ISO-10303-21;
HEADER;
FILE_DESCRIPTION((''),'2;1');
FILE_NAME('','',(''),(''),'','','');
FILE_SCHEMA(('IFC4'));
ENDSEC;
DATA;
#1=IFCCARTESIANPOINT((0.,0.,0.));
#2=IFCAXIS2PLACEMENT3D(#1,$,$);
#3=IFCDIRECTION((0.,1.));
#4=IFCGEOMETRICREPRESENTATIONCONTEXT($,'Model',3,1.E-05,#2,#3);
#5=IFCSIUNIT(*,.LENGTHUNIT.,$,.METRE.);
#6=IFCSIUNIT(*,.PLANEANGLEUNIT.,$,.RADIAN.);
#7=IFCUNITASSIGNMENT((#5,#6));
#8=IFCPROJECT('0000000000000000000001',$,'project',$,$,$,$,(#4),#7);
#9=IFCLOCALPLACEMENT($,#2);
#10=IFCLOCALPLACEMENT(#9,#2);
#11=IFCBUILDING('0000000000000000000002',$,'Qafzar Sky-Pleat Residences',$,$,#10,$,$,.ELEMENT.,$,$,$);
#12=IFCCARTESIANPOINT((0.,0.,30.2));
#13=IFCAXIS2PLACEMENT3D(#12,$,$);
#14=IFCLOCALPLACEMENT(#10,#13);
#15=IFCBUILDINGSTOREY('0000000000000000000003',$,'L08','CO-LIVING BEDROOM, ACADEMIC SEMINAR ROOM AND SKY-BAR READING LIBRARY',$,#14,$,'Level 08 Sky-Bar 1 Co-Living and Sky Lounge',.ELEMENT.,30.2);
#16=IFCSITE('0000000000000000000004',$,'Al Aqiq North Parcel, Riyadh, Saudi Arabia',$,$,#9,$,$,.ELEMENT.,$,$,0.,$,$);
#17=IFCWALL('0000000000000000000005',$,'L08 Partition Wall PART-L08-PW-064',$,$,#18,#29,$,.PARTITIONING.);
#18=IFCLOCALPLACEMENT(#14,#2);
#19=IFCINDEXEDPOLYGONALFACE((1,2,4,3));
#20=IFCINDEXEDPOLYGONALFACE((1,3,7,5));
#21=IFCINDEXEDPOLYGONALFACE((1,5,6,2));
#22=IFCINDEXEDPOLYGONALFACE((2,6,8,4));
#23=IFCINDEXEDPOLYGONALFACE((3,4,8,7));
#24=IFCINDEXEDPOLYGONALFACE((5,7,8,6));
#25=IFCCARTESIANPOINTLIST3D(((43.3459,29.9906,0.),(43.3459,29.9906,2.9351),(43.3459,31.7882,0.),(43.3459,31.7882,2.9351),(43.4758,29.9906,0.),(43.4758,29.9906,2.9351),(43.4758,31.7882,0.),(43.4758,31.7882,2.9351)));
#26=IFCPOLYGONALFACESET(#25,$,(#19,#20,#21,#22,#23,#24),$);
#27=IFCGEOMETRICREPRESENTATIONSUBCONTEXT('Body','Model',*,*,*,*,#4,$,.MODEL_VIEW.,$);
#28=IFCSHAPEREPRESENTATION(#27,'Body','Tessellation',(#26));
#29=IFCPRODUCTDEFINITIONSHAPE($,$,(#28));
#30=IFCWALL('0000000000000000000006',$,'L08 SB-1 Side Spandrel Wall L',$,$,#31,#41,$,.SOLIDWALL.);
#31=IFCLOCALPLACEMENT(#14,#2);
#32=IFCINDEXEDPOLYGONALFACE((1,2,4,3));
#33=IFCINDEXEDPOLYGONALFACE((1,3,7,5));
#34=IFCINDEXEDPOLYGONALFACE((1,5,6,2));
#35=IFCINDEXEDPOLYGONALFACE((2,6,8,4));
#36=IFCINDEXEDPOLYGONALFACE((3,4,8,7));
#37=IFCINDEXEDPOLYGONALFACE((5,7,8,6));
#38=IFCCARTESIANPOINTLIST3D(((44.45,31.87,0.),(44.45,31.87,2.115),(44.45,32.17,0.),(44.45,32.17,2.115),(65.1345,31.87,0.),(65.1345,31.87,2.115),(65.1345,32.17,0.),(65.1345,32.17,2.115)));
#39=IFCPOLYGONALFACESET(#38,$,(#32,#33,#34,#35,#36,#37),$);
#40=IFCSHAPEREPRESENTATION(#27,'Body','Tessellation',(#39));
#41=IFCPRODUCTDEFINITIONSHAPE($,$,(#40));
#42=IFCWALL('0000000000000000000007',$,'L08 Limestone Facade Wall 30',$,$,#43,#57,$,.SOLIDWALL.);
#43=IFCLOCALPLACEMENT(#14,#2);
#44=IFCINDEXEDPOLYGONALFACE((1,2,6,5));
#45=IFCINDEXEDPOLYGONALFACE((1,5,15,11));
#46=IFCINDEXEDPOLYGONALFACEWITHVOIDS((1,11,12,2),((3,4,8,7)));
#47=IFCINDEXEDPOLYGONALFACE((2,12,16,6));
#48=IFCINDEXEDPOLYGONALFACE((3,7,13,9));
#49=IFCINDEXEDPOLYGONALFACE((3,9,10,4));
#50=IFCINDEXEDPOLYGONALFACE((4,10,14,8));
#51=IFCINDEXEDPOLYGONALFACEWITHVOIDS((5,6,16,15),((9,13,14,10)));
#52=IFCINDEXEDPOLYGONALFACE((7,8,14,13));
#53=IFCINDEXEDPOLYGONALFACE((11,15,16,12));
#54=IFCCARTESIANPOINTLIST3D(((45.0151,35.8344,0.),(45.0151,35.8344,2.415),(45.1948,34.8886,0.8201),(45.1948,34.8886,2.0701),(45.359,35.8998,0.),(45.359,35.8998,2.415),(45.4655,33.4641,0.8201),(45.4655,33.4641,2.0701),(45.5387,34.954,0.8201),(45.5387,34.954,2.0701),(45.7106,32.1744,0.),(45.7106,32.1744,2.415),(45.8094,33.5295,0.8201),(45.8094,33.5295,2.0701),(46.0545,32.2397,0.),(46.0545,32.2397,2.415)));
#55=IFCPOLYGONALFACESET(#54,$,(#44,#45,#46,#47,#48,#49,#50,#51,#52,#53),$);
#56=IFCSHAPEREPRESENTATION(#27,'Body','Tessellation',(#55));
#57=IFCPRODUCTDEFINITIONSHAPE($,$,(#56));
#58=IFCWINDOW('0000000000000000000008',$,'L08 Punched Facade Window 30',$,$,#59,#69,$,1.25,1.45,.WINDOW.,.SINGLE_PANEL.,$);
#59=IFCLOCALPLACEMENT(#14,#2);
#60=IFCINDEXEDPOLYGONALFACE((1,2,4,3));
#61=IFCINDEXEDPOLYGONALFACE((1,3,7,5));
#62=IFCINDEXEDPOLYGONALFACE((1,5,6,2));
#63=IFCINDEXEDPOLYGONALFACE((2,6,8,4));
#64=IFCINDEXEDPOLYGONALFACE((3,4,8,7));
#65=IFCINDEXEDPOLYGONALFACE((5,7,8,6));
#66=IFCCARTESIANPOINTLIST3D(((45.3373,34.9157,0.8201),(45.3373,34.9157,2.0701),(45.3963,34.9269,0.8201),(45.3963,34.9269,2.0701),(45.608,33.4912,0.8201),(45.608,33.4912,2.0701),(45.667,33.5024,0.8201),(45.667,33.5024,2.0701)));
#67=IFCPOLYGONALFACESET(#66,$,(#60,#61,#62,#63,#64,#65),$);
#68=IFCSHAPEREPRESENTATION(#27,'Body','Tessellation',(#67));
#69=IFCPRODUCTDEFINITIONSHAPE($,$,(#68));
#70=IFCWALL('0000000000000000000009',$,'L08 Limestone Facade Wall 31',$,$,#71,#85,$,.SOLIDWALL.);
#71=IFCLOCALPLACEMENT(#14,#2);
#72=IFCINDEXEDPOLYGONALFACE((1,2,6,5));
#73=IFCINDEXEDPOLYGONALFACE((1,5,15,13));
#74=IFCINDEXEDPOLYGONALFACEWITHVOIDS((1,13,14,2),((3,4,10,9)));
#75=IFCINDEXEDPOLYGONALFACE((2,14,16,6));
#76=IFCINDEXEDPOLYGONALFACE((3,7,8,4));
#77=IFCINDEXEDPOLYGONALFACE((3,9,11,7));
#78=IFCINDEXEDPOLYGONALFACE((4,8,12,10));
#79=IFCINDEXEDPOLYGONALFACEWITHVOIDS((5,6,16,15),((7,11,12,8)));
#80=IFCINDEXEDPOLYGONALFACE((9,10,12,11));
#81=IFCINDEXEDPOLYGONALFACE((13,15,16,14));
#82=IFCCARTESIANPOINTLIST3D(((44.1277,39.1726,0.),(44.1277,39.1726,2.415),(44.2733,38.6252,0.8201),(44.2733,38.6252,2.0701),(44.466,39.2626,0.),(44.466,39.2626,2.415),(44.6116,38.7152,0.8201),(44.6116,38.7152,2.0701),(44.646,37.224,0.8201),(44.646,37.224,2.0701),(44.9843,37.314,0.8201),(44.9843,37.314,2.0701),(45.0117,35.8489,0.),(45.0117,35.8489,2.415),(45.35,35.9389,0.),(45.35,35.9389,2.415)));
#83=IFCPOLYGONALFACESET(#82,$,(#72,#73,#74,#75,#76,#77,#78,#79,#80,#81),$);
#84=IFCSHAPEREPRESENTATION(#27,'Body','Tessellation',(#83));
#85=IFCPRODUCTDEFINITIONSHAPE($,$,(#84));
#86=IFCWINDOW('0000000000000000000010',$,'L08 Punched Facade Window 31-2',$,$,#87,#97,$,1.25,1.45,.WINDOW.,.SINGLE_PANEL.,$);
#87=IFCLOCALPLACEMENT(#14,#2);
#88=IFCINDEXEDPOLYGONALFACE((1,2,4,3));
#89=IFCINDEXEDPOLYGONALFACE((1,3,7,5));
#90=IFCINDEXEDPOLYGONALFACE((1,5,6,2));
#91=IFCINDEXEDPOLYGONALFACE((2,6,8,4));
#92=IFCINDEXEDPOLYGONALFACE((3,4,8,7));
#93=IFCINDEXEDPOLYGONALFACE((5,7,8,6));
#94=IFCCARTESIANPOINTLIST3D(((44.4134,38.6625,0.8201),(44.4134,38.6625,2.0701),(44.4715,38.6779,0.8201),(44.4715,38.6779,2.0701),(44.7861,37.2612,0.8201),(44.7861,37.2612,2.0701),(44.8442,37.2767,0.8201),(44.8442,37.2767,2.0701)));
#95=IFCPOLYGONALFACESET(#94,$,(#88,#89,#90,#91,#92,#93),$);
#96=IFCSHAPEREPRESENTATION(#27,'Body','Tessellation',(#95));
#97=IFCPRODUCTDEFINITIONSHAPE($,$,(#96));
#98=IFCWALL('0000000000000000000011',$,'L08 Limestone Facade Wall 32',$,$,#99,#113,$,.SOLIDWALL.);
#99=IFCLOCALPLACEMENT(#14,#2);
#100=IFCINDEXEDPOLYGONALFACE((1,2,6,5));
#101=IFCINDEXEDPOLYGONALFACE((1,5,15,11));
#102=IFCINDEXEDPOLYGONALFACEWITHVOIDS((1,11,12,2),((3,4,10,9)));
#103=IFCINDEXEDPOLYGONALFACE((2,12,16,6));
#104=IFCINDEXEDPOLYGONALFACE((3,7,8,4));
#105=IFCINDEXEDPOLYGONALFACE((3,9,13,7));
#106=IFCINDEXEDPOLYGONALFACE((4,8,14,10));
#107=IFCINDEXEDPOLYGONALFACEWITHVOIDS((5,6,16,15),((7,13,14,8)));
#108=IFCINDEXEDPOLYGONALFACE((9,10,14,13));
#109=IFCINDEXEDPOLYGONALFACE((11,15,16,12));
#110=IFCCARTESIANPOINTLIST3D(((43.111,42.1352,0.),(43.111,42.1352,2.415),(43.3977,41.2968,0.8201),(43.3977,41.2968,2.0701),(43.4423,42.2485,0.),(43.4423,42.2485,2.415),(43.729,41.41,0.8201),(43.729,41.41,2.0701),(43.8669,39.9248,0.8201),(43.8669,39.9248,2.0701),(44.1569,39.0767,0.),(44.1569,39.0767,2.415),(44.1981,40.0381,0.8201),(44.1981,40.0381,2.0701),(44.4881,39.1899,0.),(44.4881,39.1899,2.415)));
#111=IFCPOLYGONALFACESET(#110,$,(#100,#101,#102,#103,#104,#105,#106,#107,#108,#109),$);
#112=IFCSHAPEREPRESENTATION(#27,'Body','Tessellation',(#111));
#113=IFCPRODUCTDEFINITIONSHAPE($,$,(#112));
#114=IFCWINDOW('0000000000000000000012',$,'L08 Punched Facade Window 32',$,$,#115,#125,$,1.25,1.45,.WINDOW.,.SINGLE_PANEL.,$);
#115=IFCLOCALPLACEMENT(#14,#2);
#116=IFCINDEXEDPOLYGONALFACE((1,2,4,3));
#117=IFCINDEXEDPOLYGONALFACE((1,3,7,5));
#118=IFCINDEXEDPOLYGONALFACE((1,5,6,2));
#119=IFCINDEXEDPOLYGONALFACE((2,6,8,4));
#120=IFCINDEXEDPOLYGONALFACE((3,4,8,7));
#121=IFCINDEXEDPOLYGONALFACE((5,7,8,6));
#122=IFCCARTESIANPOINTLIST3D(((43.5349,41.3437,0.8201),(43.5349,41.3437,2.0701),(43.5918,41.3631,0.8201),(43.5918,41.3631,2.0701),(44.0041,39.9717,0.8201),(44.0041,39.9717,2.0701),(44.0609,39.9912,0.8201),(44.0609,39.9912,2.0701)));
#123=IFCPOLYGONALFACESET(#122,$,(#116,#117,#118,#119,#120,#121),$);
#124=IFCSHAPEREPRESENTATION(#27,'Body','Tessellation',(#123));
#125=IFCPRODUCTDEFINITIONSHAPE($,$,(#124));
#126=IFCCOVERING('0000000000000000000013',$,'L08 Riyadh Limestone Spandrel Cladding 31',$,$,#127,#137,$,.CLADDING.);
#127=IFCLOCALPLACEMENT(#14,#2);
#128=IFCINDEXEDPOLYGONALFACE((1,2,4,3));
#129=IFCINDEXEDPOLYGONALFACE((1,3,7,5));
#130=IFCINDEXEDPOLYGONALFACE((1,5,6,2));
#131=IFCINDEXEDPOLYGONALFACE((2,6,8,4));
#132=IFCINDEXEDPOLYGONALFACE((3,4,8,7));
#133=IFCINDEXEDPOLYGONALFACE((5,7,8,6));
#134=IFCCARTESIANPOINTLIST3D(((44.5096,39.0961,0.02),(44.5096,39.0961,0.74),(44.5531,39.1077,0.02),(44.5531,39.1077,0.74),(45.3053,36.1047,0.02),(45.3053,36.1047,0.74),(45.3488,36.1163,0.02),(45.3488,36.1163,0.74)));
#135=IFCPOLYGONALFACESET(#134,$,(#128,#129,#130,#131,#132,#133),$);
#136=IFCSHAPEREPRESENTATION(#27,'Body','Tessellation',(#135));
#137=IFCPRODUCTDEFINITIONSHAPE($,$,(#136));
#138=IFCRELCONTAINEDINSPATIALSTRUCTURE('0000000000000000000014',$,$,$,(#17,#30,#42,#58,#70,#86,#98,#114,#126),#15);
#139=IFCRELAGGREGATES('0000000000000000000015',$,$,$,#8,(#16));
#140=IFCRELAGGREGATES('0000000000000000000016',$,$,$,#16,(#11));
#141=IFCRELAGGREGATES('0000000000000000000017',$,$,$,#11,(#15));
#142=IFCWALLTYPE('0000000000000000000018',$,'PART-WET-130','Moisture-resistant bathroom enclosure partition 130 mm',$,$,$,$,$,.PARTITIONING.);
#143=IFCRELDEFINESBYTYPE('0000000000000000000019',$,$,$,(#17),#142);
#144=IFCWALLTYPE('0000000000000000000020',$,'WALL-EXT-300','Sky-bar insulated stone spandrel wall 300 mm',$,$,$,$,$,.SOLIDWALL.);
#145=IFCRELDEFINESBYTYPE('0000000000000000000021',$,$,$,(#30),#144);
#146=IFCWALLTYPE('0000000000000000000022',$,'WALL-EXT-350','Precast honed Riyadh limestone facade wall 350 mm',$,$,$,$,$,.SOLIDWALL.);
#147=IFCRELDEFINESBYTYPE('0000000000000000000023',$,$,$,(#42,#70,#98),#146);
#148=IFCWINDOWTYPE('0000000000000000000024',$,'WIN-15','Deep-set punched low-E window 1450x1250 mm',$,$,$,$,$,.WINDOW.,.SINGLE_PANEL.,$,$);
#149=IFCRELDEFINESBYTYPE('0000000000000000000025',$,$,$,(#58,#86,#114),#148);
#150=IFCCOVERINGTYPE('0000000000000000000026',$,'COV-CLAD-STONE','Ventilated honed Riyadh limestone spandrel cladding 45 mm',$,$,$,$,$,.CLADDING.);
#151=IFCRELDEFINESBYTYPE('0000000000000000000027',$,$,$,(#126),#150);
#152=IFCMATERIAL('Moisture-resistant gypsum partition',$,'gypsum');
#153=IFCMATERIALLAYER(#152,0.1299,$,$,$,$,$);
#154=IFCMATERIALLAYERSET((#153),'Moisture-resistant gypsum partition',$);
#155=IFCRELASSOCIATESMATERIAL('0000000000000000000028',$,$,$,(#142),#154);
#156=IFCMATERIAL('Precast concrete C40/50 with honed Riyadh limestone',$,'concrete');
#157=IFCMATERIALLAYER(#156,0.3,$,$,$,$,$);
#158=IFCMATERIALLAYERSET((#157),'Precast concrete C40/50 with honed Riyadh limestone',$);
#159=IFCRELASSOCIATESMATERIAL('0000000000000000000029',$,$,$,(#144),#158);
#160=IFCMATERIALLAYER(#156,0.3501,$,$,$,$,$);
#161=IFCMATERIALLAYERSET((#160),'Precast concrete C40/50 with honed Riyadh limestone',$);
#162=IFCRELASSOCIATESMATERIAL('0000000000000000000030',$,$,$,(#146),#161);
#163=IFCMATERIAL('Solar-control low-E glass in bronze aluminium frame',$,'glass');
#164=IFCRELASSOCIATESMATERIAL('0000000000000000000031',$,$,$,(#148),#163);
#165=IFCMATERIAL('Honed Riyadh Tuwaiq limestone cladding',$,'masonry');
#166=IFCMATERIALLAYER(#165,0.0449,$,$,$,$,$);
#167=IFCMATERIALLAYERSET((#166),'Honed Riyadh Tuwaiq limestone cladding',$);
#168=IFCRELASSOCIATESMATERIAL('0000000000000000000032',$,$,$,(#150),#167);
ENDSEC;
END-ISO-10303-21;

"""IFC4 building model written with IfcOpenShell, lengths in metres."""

from ifc_helpers import new_model, si_unit, direction, frame, frame_2d, origin, origin_2d, place, context, subcontext, project, spatial, rectangle, extrude, source, transform, mapped, material, layer, layer_set, type_object, element, fill, save


model = new_model("IFC4")

# Units and contexts
model_context = context("Model", 3, precision=1e-05, world=origin(), true_north=direction((0.0, 1.0)))
body_context = subcontext(model_context, "Body", "Model", "MODEL_VIEW")
ifc_project = project(units=[si_unit("LENGTHUNIT", "METRE"), si_unit("PLANEANGLEUNIT", "RADIAN")], contexts=[model_context])

# Site, building, storey
site_placement = place(None, origin())
site = spatial("IfcSite", under=ifc_project, at=site_placement, Name="Al Aqiq North Parcel, Riyadh, Saudi Arabia", CompositionType="ELEMENT", RefElevation=0.0)
building_placement = place(site_placement, origin())
building = spatial("IfcBuilding", under=site, at=building_placement, Name="Qafzar Sky-Pleat Residences", CompositionType="ELEMENT")
storey_placement = place(building_placement, frame((0.0, 0.0, 30.2)))
storey = spatial("IfcBuildingStorey", under=building, at=storey_placement, Name="L08", Description="CO-LIVING BEDROOM, ACADEMIC SEMINAR ROOM AND SKY-BAR READING LIBRARY", LongName="Level 08 Sky-Bar 1 Co-Living and Sky Lounge", CompositionType="ELEMENT", Elevation=30.2)

# Walls
ifc_material_1 = material(Name="Moisture-resistant gypsum partition", Category="gypsum")
ifc_layer_1 = layer(ifc_material_1, 0.1299)
ifc_layer_set_1 = layer_set([ifc_layer_1], Name="Moisture-resistant gypsum partition")
wall_type_1 = type_object("IfcWallType", Name="PART-WET-130", Description="Moisture-resistant bathroom enclosure partition 130 mm", PredefinedType="PARTITIONING", material=ifc_layer_set_1)
wall_1_placement = place(storey_placement, frame((43.4109, 29.9905, 0.0), z_axis=(0.0, 0.0, 1.0), x_axis=(0.0, 1.0, 0.0)))
element("IfcWall", 1, at=wall_1_placement, inside=storey, type_object=wall_type_1, Name="L08 Partition Wall PART-L08-PW-064", PredefinedType="PARTITIONING", context=body_context, shape_type="SweptSolid", body=[
    extrude(rectangle(XDim=1.7976, YDim=0.1299, at=frame_2d((0.8989, 0.0))), origin(), (0.0, 0.0, 1.0), 2.9351),
])
ifc_material_2 = material(Name="Precast concrete C40/50 with honed Riyadh limestone", Category="concrete")
ifc_layer_2 = layer(ifc_material_2, 0.3)
ifc_layer_set_2 = layer_set([ifc_layer_2], Name="Precast concrete C40/50 with honed Riyadh limestone")
wall_type_2 = type_object("IfcWallType", Name="WALL-EXT-300", Description="Sky-bar insulated stone spandrel wall 300 mm", PredefinedType="SOLIDWALL", material=ifc_layer_set_2)
wall_2_placement = place(storey_placement, frame((44.45, 32.02, 0.0), z_axis=(0.0, 0.0, 1.0), x_axis=(1.0, 0.0, 0.0)))
element("IfcWall", 2, at=wall_2_placement, inside=storey, type_object=wall_type_2, Name="L08 SB-1 Side Spandrel Wall L", PredefinedType="SOLIDWALL", context=body_context, shape_type="SweptSolid", body=[
    extrude(rectangle(XDim=20.6846, YDim=0.3, at=frame_2d((10.3423, 0.0))), origin(), (0.0, 0.0, 1.0), 2.115),
])

# Walls, openings, windows
ifc_layer_3 = layer(ifc_material_2, 0.3501)
ifc_layer_set_3 = layer_set([ifc_layer_3], Name="Precast concrete C40/50 with honed Riyadh limestone")
wall_type_3 = type_object("IfcWallType", Name="WALL-EXT-350", Description="Precast honed Riyadh limestone facade wall 350 mm", PredefinedType="SOLIDWALL", material=ifc_layer_set_3)
wall_3_placement = place(storey_placement, frame((45.8826, 32.207, 0.0), z_axis=(0.0, 0.0, 1.0), x_axis=(-0.186694, 0.982418, 0.0)))
wall_3 = element("IfcWall", 3, at=wall_3_placement, inside=storey, type_object=wall_type_3, Name="L08 Limestone Facade Wall 30", PredefinedType="SOLIDWALL", context=body_context, shape_type="SweptSolid", body=[
    extrude(rectangle(XDim=3.7256, YDim=0.3501, at=frame_2d((1.8628, 0.0))), origin(), (0.0, 0.0, 1.0), 2.415),
])
opening_1_placement = place(wall_3_placement, frame((1.3127, 0.0, 0.8201)))
opening_1 = element("IfcOpeningElement", 4, at=opening_1_placement, cuts=wall_3, PredefinedType="OPENING", context=body_context, shape_type="SweptSolid", body=[
    extrude(rectangle(XDim=1.45, YDim=1.25, at=frame_2d((0.7251, 0.625))), frame((0.0, 0.1851, 0.0), z_axis=(0.0, -1.0, 0.0), x_axis=(1.0, 0.0, 0.0)), (0.0, 0.0, 1.0), 0.3701),
])
ifc_material_3 = material(Name="Solar-control low-E glass in bronze aluminium frame", Category="glass")
window_type = type_object("IfcWindowType", Name="WIN-15", Description="Deep-set punched low-E window 1450x1250 mm", PartitioningType="SINGLE_PANEL", PredefinedType="WINDOW", material=ifc_material_3)
shared_shape_1 = source(origin(), body_context, "Body", "SweptSolid", [
    extrude(rectangle(XDim=1.45, YDim=1.25, at=frame_2d((0.7251, 0.625))), frame((0.0, 0.03, 0.0), z_axis=(0.0, -1.0, 0.0), x_axis=(1.0, 0.0, 0.0)), (0.0, 0.0, 1.0), 0.0601),
])
window_1_placement = place(opening_1_placement, origin())
window_1 = element("IfcWindow", 5, at=window_1_placement, inside=storey, type_object=window_type, Name="L08 Punched Facade Window 30", OverallHeight=1.25, OverallWidth=1.45, PartitioningType="SINGLE_PANEL", PredefinedType="WINDOW", context=body_context, shape_type="MappedRepresentation", body=[
    mapped(shared_shape_1, transform((0.0, 0.0, 0.0), x_axis=(1.0, 0.0, 0.0), y_axis=(0.0, 1.0, 0.0), z_axis=(0.0, 0.0, 1.0), scale=1.0)),
])
fill(opening_1, window_1)
wall_4_placement = place(storey_placement, frame((45.1809, 35.8938, 0.0), z_axis=(0.0, 0.0, 1.0), x_axis=(-0.25704, 0.966401, 0.0)))
wall_4 = element("IfcWall", 6, at=wall_4_placement, inside=storey, type_object=wall_type_3, Name="L08 Limestone Facade Wall 31", PredefinedType="SOLIDWALL", context=body_context, shape_type="SweptSolid", body=[
    extrude(rectangle(XDim=3.4392, YDim=0.3501, at=frame_2d((1.7197, 0.0))), origin(), (0.0, 0.0, 1.0), 2.415),
])
opening_2_placement = place(wall_4_placement, frame((1.4229, 0.0, 0.8201)))
opening_2 = element("IfcOpeningElement", 7, at=opening_2_placement, cuts=wall_4, PredefinedType="OPENING", context=body_context, shape_type="SweptSolid", body=[
    extrude(rectangle(XDim=1.45, YDim=1.25, at=frame_2d((0.7251, 0.625))), frame((0.0, 0.1851, 0.0), z_axis=(0.0, -1.0, 0.0), x_axis=(1.0, 0.0, 0.0)), (0.0, 0.0, 1.0), 0.3701),
])
window_2_placement = place(opening_2_placement, origin())
window_2 = element("IfcWindow", 8, at=window_2_placement, inside=storey, type_object=window_type, Name="L08 Punched Facade Window 31-2", OverallHeight=1.25, OverallWidth=1.45, PartitioningType="SINGLE_PANEL", PredefinedType="WINDOW", context=body_context, shape_type="MappedRepresentation", body=[
    mapped(shared_shape_1, transform((0.0, 0.0, 0.0), x_axis=(1.0, 0.0, 0.0), y_axis=(0.0, 1.0, 0.0), z_axis=(0.0, 0.0, 1.0), scale=1.0)),
])
fill(opening_2, window_2)
wall_5_placement = place(storey_placement, frame((44.3225, 39.1333, 0.0), z_axis=(0.0, 0.0, 1.0), x_axis=(-0.32356, 0.946208, 0.0)))
wall_5 = element("IfcWall", 9, at=wall_5_placement, inside=storey, type_object=wall_type_3, Name="L08 Limestone Facade Wall 32", PredefinedType="SOLIDWALL", context=body_context, shape_type="SweptSolid", body=[
    extrude(rectangle(XDim=3.2324, YDim=0.3501, at=frame_2d((1.6162, 0.0))), origin(), (0.0, 0.0, 1.0), 2.415),
])
opening_3_placement = place(wall_5_placement, frame((0.8962, 0.0, 0.8201)))
opening_3 = element("IfcOpeningElement", 10, at=opening_3_placement, cuts=wall_5, PredefinedType="OPENING", context=body_context, shape_type="SweptSolid", body=[
    extrude(rectangle(XDim=1.45, YDim=1.25, at=frame_2d((0.7251, 0.625))), frame((0.0, 0.1851, 0.0), z_axis=(0.0, -1.0, 0.0), x_axis=(1.0, 0.0, 0.0)), (0.0, 0.0, 1.0), 0.3701),
])
window_3_placement = place(opening_3_placement, origin())
window_3 = element("IfcWindow", 11, at=window_3_placement, inside=storey, type_object=window_type, Name="L08 Punched Facade Window 32", OverallHeight=1.25, OverallWidth=1.45, PartitioningType="SINGLE_PANEL", PredefinedType="WINDOW", context=body_context, shape_type="MappedRepresentation", body=[
    mapped(shared_shape_1, transform((0.0, 0.0, 0.0), x_axis=(1.0, 0.0, 0.0), y_axis=(0.0, 1.0, 0.0), z_axis=(0.0, 0.0, 1.0), scale=1.0)),
])
fill(opening_3, window_3)

# Covering
ifc_material_4 = material(Name="Honed Riyadh Tuwaiq limestone cladding", Category="masonry")
ifc_layer_4 = layer(ifc_material_4, 0.0449)
ifc_layer_set_4 = layer_set([ifc_layer_4], Name="Honed Riyadh Tuwaiq limestone cladding")
covering_type = type_object("IfcCoveringType", Name="COV-CLAD-STONE", Description="Ventilated honed Riyadh limestone spandrel cladding 45 mm", PredefinedType="CLADDING", material=ifc_layer_set_4)
shared_shape_2 = source(origin(), body_context, "Body", "SweptSolid", [
    extrude(rectangle(XDim=3.0955, YDim=0.0449, at=origin_2d()), origin(), (0.0, 0.0, 1.0), 0.72),
])
covering_placement = place(storey_placement, frame((44.9292, 37.6062, 0.02), z_axis=(0.0, 0.0, 1.0), x_axis=(-0.257053, 0.966397, 0.0)))
element("IfcCovering", 12, at=covering_placement, inside=storey, type_object=covering_type, Name="L08 Riyadh Limestone Spandrel Cladding 31", PredefinedType="CLADDING", context=body_context, shape_type="MappedRepresentation", body=[
    mapped(shared_shape_2, transform((0.0, 0.0, 0.0), x_axis=(1.0, 0.0, 0.0), y_axis=(0.0, 1.0, 0.0), z_axis=(0.0, 0.0, 1.0), scale=1.0)),
])

save(model, "model.ifc")
